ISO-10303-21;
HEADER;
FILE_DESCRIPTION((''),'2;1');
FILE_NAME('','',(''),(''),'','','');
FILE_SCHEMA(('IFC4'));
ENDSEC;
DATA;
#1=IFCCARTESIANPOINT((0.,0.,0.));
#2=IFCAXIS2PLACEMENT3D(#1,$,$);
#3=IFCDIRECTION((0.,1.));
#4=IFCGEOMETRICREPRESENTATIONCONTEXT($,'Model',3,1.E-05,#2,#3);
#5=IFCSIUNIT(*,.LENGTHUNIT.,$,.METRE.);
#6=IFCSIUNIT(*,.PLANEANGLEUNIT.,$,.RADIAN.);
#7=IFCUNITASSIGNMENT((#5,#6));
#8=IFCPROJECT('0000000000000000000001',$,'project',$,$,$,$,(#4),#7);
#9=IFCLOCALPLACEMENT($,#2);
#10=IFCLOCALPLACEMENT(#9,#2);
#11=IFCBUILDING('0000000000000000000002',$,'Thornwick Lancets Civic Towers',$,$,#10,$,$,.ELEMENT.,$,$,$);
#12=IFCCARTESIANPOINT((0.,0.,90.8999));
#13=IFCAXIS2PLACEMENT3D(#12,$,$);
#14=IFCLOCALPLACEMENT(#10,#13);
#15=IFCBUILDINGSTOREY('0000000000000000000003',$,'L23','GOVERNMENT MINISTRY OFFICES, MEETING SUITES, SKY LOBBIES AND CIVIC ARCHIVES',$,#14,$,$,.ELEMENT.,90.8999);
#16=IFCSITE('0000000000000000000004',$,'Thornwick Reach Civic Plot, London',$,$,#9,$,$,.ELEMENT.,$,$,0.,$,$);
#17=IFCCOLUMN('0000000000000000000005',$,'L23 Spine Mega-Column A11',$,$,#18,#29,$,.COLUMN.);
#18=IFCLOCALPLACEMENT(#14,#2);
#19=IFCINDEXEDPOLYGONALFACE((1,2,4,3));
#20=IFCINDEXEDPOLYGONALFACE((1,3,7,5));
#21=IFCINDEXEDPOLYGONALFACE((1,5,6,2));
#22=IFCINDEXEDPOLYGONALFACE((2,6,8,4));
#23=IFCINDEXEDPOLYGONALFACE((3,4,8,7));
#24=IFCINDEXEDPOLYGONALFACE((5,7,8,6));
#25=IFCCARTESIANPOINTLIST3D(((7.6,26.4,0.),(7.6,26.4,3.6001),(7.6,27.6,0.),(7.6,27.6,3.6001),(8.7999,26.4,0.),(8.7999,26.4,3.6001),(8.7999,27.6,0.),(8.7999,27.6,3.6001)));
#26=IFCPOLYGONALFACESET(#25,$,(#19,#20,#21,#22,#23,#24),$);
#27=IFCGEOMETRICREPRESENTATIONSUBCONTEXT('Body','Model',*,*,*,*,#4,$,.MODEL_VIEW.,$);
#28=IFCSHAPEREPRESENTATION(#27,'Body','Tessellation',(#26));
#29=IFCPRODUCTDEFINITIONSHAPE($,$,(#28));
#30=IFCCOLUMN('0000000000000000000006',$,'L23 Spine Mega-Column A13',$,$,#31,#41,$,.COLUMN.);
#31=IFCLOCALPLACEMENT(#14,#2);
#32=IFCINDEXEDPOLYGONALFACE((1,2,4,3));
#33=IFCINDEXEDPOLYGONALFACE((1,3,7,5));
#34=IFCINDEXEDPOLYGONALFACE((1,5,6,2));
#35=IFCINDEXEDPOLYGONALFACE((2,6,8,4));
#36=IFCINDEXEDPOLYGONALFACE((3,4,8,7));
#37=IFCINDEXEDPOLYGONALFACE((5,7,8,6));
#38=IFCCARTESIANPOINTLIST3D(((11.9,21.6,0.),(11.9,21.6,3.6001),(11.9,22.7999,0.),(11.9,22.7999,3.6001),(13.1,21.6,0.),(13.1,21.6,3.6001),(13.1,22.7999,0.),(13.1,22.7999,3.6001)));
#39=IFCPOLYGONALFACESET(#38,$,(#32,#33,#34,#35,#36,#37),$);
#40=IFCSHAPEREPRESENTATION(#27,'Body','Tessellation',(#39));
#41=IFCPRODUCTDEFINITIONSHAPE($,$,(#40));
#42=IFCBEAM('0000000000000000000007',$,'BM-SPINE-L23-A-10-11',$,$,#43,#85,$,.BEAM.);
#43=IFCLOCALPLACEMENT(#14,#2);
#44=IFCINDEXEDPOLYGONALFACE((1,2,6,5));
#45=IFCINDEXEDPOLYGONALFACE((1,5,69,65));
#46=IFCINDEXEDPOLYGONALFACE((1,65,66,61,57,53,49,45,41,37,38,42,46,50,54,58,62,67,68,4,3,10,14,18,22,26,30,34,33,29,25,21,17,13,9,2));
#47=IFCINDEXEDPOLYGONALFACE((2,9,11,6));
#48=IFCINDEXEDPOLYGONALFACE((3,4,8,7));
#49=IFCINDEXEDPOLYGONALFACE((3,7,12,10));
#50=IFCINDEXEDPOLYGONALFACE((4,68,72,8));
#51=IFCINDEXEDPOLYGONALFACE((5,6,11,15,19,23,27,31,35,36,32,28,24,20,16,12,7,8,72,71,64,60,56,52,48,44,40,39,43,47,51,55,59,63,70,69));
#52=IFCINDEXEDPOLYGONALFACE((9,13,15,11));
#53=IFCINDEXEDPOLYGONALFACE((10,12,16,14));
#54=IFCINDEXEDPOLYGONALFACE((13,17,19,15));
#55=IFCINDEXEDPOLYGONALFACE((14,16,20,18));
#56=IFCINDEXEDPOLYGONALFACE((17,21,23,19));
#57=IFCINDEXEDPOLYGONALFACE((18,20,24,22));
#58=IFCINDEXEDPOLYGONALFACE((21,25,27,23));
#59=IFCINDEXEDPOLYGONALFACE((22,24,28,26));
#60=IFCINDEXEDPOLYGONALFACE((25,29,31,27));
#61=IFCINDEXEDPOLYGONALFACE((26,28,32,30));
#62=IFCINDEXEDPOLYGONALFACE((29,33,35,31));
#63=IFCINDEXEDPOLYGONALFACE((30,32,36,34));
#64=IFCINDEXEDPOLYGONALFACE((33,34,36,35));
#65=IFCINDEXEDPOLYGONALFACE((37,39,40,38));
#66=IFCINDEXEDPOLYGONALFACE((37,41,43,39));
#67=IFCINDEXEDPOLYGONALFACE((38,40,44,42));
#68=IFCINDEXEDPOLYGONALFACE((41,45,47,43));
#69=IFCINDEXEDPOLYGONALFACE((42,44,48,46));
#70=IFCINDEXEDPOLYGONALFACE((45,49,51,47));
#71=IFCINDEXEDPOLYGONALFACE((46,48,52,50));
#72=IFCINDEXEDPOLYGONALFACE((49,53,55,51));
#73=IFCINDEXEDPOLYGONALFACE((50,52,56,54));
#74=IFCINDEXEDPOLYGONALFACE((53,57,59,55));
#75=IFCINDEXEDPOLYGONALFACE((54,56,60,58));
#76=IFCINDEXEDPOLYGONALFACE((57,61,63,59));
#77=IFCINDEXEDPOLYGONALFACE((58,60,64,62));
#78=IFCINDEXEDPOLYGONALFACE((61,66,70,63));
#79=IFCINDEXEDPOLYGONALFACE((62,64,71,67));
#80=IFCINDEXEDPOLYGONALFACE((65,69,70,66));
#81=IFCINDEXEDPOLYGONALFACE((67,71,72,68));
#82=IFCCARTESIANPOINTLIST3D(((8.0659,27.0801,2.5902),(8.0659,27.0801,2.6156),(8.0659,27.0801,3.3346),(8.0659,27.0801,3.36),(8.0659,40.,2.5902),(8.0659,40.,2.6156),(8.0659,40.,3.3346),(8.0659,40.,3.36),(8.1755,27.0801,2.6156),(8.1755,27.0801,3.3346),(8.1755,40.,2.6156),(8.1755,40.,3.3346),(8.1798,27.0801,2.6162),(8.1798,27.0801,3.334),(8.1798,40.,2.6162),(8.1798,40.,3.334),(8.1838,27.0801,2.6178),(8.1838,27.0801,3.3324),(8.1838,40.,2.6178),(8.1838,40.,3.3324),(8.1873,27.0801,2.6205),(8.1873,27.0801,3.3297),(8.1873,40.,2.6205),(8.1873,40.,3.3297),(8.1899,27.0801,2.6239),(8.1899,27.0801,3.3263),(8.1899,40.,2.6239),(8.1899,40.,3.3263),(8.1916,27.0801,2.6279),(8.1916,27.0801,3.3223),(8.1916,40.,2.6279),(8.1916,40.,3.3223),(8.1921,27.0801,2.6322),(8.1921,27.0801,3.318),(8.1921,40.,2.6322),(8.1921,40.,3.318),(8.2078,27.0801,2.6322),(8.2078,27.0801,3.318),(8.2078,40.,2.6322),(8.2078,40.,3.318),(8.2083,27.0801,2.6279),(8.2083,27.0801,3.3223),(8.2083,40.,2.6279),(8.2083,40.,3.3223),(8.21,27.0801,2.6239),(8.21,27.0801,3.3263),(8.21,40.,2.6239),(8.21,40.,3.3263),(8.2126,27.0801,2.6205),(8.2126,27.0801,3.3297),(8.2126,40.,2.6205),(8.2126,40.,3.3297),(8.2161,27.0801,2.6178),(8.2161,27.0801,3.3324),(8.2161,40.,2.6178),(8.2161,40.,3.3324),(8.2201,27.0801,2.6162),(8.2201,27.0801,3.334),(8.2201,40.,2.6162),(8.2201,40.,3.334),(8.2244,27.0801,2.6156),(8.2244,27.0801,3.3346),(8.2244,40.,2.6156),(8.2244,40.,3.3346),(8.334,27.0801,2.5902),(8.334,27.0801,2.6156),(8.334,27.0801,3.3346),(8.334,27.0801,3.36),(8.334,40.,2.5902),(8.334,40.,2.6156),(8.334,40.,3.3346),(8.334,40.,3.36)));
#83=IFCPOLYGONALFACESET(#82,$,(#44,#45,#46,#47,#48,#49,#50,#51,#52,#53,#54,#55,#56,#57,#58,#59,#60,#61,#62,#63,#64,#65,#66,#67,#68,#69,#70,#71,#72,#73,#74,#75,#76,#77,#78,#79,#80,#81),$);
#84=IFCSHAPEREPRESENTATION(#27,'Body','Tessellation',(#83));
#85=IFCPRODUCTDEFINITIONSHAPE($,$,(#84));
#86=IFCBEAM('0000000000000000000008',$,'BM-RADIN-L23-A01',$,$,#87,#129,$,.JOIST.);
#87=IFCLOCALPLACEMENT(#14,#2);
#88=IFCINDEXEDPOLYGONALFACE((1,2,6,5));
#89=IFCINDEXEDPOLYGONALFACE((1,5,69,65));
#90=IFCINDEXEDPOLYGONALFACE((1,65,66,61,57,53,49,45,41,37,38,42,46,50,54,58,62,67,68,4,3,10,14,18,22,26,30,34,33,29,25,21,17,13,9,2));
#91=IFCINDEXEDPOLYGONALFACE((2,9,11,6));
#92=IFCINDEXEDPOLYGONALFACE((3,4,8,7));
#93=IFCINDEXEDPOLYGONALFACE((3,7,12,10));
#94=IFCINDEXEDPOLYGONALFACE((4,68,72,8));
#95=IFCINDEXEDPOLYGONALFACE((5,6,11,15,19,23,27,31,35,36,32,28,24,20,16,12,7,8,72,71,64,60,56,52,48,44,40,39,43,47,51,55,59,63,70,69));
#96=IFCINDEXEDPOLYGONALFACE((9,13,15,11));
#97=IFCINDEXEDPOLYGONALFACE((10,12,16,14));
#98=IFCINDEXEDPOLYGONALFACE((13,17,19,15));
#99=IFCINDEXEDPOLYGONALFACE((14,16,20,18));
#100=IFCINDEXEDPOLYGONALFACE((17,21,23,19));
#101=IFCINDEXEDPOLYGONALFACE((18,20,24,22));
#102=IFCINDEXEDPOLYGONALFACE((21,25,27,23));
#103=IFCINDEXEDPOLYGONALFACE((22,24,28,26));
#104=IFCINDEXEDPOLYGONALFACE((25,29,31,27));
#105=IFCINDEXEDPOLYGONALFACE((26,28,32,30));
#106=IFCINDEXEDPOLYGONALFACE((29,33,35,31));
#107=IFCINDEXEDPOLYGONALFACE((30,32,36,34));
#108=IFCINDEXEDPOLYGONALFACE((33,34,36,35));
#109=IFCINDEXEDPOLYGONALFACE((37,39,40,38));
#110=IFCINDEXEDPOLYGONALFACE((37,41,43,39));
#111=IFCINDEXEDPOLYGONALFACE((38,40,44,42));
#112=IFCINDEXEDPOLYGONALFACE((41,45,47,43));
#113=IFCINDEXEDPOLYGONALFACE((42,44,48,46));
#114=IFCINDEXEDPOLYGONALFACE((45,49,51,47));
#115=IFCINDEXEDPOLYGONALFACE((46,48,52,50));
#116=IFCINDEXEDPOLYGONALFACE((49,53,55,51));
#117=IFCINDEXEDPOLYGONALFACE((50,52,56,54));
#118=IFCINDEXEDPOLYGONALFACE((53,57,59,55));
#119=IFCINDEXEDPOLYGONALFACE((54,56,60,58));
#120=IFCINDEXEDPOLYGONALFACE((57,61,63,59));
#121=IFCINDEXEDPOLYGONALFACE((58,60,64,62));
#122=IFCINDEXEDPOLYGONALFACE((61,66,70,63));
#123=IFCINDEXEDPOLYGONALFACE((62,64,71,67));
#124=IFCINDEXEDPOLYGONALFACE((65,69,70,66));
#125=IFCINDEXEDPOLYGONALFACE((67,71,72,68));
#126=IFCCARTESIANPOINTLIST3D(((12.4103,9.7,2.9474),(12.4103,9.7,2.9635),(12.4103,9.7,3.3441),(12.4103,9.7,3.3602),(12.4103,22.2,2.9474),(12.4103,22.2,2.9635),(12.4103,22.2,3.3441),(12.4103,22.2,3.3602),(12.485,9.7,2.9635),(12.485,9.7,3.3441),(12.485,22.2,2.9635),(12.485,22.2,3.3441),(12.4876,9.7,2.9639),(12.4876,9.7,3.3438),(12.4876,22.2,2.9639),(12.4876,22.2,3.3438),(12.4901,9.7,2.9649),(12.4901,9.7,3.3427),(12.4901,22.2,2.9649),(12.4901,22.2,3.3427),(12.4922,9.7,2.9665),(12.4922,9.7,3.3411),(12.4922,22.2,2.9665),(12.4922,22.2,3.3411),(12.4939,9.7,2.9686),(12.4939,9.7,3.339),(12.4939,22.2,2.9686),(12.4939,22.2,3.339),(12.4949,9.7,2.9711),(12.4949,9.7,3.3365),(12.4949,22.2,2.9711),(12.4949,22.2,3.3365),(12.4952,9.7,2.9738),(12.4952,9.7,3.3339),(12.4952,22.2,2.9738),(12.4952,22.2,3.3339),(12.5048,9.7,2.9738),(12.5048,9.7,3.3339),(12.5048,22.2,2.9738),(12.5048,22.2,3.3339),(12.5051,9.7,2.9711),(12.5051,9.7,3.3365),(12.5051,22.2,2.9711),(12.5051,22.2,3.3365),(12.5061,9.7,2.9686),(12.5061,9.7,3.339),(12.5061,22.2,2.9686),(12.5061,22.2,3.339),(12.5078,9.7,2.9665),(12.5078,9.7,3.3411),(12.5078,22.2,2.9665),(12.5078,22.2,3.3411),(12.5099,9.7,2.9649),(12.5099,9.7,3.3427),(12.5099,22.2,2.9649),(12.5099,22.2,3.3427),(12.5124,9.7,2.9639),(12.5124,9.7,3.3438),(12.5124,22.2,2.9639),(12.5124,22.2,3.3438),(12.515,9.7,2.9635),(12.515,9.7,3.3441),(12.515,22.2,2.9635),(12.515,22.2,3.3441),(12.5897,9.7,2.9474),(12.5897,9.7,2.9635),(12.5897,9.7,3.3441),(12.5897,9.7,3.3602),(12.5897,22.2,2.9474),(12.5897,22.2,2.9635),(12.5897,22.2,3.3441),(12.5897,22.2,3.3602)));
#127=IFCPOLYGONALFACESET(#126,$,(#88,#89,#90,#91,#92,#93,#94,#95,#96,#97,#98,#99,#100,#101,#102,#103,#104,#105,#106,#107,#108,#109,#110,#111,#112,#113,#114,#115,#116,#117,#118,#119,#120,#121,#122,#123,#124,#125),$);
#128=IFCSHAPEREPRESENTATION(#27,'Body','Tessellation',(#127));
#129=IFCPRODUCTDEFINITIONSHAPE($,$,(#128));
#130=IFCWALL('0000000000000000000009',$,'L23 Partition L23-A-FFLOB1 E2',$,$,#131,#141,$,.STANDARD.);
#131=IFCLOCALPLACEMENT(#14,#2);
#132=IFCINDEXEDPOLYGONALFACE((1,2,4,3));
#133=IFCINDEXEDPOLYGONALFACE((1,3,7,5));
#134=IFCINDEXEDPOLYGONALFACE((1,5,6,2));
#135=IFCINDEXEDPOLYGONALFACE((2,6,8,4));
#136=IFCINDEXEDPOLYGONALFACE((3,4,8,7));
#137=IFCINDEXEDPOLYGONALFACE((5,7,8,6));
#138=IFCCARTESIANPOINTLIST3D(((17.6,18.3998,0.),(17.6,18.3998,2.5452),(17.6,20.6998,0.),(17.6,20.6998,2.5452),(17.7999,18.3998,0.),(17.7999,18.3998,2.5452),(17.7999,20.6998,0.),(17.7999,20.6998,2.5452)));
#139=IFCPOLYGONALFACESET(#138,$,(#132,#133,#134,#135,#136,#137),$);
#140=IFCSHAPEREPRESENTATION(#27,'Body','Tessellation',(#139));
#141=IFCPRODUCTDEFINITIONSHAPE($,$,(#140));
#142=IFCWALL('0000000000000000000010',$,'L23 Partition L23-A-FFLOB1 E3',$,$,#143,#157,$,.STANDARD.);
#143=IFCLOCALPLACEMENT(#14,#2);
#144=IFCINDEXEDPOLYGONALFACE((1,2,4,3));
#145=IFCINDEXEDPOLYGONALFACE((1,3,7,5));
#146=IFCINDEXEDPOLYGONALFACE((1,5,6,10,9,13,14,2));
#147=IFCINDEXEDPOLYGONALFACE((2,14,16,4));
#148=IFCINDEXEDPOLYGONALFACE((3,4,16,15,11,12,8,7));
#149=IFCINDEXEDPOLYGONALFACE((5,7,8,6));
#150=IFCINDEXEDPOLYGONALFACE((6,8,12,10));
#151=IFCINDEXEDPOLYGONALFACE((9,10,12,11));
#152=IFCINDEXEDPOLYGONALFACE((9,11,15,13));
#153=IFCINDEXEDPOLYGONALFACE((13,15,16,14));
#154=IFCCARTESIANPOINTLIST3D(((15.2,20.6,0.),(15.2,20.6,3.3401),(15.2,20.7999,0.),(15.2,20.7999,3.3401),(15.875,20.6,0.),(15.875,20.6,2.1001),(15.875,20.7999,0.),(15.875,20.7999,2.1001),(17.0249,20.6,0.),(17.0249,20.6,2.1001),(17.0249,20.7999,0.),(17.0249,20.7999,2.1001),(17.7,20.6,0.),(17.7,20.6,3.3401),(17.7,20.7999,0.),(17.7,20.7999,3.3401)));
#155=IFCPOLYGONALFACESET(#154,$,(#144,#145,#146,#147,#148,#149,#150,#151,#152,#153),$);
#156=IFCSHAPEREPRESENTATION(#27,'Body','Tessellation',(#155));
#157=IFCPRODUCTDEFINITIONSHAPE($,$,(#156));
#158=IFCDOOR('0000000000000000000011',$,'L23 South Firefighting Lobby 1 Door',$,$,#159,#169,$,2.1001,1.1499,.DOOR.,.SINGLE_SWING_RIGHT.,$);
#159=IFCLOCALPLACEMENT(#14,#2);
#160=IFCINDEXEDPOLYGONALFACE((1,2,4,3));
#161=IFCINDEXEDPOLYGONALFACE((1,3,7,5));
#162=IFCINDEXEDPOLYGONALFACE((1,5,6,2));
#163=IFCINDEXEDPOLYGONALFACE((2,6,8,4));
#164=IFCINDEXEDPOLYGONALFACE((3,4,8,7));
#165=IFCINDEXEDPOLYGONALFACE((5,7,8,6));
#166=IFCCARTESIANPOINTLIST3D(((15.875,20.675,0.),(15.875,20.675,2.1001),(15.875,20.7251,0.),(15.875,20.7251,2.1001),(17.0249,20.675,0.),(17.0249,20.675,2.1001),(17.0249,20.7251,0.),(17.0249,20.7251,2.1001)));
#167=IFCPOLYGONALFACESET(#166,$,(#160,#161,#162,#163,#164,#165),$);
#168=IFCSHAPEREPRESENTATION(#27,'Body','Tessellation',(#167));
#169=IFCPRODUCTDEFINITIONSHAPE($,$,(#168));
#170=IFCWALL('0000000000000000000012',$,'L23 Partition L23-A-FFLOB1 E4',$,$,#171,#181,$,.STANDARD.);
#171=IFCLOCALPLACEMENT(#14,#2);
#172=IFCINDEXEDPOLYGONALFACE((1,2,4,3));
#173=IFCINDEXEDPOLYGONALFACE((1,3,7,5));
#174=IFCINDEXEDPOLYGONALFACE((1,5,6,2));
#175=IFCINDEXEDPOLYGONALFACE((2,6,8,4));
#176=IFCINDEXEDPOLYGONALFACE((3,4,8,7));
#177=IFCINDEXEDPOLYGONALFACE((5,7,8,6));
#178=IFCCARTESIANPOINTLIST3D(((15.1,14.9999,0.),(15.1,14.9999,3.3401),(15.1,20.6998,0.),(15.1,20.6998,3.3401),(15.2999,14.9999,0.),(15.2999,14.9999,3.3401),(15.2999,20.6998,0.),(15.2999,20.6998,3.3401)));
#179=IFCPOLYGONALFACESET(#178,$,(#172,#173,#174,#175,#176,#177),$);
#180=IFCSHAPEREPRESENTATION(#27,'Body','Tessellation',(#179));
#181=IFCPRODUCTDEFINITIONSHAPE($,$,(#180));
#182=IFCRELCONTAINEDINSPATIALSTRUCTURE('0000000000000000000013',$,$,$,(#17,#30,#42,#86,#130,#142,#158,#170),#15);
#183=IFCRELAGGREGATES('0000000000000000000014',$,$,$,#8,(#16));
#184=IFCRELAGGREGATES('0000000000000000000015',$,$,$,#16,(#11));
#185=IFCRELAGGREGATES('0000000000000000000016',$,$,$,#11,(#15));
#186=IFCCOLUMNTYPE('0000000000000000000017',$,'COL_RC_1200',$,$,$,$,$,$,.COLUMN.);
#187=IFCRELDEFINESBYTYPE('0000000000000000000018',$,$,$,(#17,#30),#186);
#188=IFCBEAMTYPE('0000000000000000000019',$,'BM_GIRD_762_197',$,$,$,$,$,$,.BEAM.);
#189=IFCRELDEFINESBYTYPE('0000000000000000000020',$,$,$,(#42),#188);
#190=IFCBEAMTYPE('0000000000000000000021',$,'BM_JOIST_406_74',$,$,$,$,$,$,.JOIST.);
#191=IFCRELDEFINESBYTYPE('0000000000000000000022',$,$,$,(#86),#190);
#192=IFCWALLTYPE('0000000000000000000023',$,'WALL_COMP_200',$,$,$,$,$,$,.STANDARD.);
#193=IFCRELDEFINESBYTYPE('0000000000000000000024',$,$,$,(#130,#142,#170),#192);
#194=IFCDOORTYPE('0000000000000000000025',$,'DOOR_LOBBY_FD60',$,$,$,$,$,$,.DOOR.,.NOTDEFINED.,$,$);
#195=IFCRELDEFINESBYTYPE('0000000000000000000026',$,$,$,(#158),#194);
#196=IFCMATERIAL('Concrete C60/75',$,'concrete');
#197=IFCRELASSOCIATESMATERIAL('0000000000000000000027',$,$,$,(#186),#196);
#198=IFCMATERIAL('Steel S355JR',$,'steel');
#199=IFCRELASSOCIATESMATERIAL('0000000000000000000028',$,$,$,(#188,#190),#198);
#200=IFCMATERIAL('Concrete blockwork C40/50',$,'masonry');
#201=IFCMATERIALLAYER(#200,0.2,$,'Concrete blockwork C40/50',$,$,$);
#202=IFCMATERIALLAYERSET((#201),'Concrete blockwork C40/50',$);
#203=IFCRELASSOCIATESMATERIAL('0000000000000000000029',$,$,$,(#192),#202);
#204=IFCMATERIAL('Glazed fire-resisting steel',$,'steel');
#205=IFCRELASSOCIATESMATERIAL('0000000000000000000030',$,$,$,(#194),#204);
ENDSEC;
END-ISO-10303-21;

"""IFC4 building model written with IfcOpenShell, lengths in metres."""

from ifc_helpers import new_model, si_unit, direction, frame, frame_2d, origin, origin_2d, place, context, subcontext, project, spatial, rectangle, i_section, extrude, material, layer, layer_set, material_profile, profile_set, type_object, element, fill, save


model = new_model("IFC4")

# Units and contexts
model_context = context("Model", 3, precision=1e-05, world=origin(), true_north=direction((0.0, 1.0)))
body_context = subcontext(model_context, "Body", "Model", "MODEL_VIEW")
ifc_project = project(units=[si_unit("LENGTHUNIT", "METRE"), si_unit("PLANEANGLEUNIT", "RADIAN")], contexts=[model_context])

# Site, building, storey
site_placement = place(None, origin())
site = spatial("IfcSite", under=ifc_project, at=site_placement, Name="Thornwick Reach Civic Plot, London", CompositionType="ELEMENT", RefElevation=0.0)
building_placement = place(site_placement, origin())
building = spatial("IfcBuilding", under=site, at=building_placement, Name="Thornwick Lancets Civic Towers", CompositionType="ELEMENT")
storey_placement = place(building_placement, frame((0.0, 0.0, 90.8999)))
storey = spatial("IfcBuildingStorey", under=building, at=storey_placement, Name="L23", Description="GOVERNMENT MINISTRY OFFICES, MEETING SUITES, SKY LOBBIES AND CIVIC ARCHIVES", CompositionType="ELEMENT", Elevation=90.8999)

# Columns
ifc_material_1 = material(Name="Concrete C60/75", Category="concrete")
ifc_material_profile_1 = material_profile(ifc_material_1, rectangle(XDim=1.2, YDim=1.2, at=origin_2d()), Name="RC 1200x1200")
ifc_profile_set_1 = profile_set([ifc_material_profile_1], Name="Concrete C60/75")
column_type = type_object("IfcColumnType", Name="COL_RC_1200", PredefinedType="COLUMN", material=ifc_profile_set_1)
for number, where, z_axis, x_axis, name in (
    (1, (8.2, 27.0, 0.0), (0.0, 0.0, 1.0), (1.0, 0.0, 0.0), "L23 Spine Mega-Column A11"),
    (2, (12.5, 22.2, 0.0), (0.0, 0.0, 1.0), (1.0, 0.0, 0.0), "L23 Spine Mega-Column A13"),
):
    element("IfcColumn", number, at=place(storey_placement, frame(where, z_axis=z_axis, x_axis=x_axis)), inside=storey, type_object=column_type, Name=name, PredefinedType="COLUMN", context=body_context, shape_type="SweptSolid", body=[
        extrude(rectangle(XDim=1.2, YDim=1.2, at=origin_2d()), origin(), (0.0, 0.0, 1.0), 3.6001),
    ])

# Beams
ifc_material_2 = material(Name="Steel S355JR", Category="steel")
ifc_material_profile_2 = material_profile(ifc_material_2, i_section(OverallWidth=0.2681, OverallDepth=0.7698, WebThickness=0.0156, FlangeThickness=0.0254, FilletRadius=0.0166, at=origin_2d()), Name="UKB 762x267x197")
ifc_profile_set_2 = profile_set([ifc_material_profile_2], Name="Steel S355JR")
beam_type_1 = type_object("IfcBeamType", Name="BM_GIRD_762_197", PredefinedType="BEAM", material=ifc_profile_set_2)
beam_1_placement = place(storey_placement, frame((8.2, 27.0801, 2.9751), z_axis=(0.0, 1.0, 0.0), x_axis=(-1.0, 0.0, 0.0)))
element("IfcBeam", 3, at=beam_1_placement, inside=storey, type_object=beam_type_1, Name="BM-SPINE-L23-A-10-11", PredefinedType="BEAM", context=body_context, shape_type="SweptSolid", body=[
    extrude(i_section(OverallWidth=0.2681, OverallDepth=0.7698, WebThickness=0.0156, FlangeThickness=0.0254, FilletRadius=0.0166, at=origin_2d()), origin(), (0.0, 0.0, 1.0), 12.9199),
])
ifc_material_profile_3 = material_profile(ifc_material_2, i_section(OverallWidth=0.1794, OverallDepth=0.4128, WebThickness=0.0095, FlangeThickness=0.0161, FilletRadius=0.0103, at=origin_2d()), Name="UKB 406x178x74")
ifc_profile_set_3 = profile_set([ifc_material_profile_3], Name="Steel S355JR")
beam_type_2 = type_object("IfcBeamType", Name="BM_JOIST_406_74", PredefinedType="JOIST", material=ifc_profile_set_3)
beam_2_placement = place(storey_placement, frame((12.5, 22.2, 3.1538), z_axis=(0.0, -1.0, 0.0), x_axis=(1.0, 0.0, 0.0)))
element("IfcBeam", 4, at=beam_2_placement, inside=storey, type_object=beam_type_2, Name="BM-RADIN-L23-A01", PredefinedType="JOIST", context=body_context, shape_type="SweptSolid", body=[
    extrude(i_section(OverallWidth=0.1794, OverallDepth=0.4128, WebThickness=0.0095, FlangeThickness=0.0161, FilletRadius=0.0103, at=origin_2d()), origin(), (0.0, 0.0, 1.0), 12.5),
])

# Wall
ifc_material_3 = material(Name="Concrete blockwork C40/50", Category="masonry")
ifc_layer_1 = layer(ifc_material_3, 0.2, Name="Concrete blockwork C40/50")
ifc_layer_set_1 = layer_set([ifc_layer_1], Name="Concrete blockwork C40/50")
wall_type_1 = type_object("IfcWallType", Name="WALL_COMP_200", PredefinedType="STANDARD", material=ifc_layer_set_1)
wall_1_placement = place(storey_placement, frame((17.7, 18.3999, 0.0), z_axis=(0.0, 0.0, 1.0), x_axis=(0.0, 1.0, 0.0)))
element("IfcWall", 5, at=wall_1_placement, inside=storey, type_object=wall_type_1, Name="L23 Partition L23-A-FFLOB1 E2", PredefinedType="STANDARD", context=body_context, shape_type="SweptSolid", body=[
    extrude(rectangle(XDim=2.3, YDim=0.2, at=frame_2d((1.1499, 0.0))), origin(), (0.0, 0.0, 1.0), 2.5452),
])

# Wall, opening, door
wall_2_placement = place(storey_placement, frame((17.7, 20.7, 0.0), z_axis=(0.0, 0.0, 1.0), x_axis=(-1.0, 0.0, 0.0)))
wall_2 = element("IfcWall", 6, at=wall_2_placement, inside=storey, type_object=wall_type_1, Name="L23 Partition L23-A-FFLOB1 E3", PredefinedType="STANDARD", context=body_context, shape_type="SweptSolid", body=[
    extrude(rectangle(XDim=2.5, YDim=0.2, at=frame_2d((1.25, 0.0))), origin(), (0.0, 0.0, 1.0), 3.3401),
])
opening_1_placement = place(wall_2_placement, frame((0.675, 0.0, 0.0)))
opening_1 = element("IfcOpeningElement", 7, at=opening_1_placement, cuts=wall_2, PredefinedType="OPENING", context=body_context, shape_type="SweptSolid", body=[
    extrude(rectangle(XDim=1.1499, YDim=2.1001, at=frame_2d((0.575, 1.05))), frame((0.0, 0.1099, 0.0), z_axis=(0.0, -1.0, 0.0), x_axis=(1.0, 0.0, 0.0)), (0.0, 0.0, 1.0), 0.22),
])
ifc_material_4 = material(Name="Glazed fire-resisting steel", Category="steel")
door_type_1 = type_object("IfcDoorType", Name="DOOR_LOBBY_FD60", OperationType="NOTDEFINED", PredefinedType="DOOR", material=ifc_material_4)
door_1_placement = place(opening_1_placement, origin())
door_1 = element("IfcDoor", 8, at=door_1_placement, inside=storey, type_object=door_type_1, Name="L23 South Firefighting Lobby 1 Door", OperationType="SINGLE_SWING_RIGHT", OverallHeight=2.1001, OverallWidth=1.1499, PredefinedType="DOOR", context=body_context, shape_type="SweptSolid", body=[
    extrude(rectangle(XDim=1.1499, YDim=2.1001, at=frame_2d((0.575, 1.05))), frame((0.0, 0.0249, 0.0), z_axis=(0.0, -1.0, 0.0), x_axis=(1.0, 0.0, 0.0)), (0.0, 0.0, 1.0), 0.05),
])
fill(opening_1, door_1)

# Wall
wall_3_placement = place(storey_placement, frame((15.2, 20.7, 0.0), z_axis=(0.0, 0.0, 1.0), x_axis=(0.0, -1.0, 0.0)))
element("IfcWall", 9, at=wall_3_placement, inside=storey, type_object=wall_type_1, Name="L23 Partition L23-A-FFLOB1 E4", PredefinedType="STANDARD", context=body_context, shape_type="SweptSolid", body=[
    extrude(rectangle(XDim=5.7, YDim=0.2, at=frame_2d((2.8501, 0.0))), origin(), (0.0, 0.0, 1.0), 3.3401),
])

save(model, "model.ifc")
